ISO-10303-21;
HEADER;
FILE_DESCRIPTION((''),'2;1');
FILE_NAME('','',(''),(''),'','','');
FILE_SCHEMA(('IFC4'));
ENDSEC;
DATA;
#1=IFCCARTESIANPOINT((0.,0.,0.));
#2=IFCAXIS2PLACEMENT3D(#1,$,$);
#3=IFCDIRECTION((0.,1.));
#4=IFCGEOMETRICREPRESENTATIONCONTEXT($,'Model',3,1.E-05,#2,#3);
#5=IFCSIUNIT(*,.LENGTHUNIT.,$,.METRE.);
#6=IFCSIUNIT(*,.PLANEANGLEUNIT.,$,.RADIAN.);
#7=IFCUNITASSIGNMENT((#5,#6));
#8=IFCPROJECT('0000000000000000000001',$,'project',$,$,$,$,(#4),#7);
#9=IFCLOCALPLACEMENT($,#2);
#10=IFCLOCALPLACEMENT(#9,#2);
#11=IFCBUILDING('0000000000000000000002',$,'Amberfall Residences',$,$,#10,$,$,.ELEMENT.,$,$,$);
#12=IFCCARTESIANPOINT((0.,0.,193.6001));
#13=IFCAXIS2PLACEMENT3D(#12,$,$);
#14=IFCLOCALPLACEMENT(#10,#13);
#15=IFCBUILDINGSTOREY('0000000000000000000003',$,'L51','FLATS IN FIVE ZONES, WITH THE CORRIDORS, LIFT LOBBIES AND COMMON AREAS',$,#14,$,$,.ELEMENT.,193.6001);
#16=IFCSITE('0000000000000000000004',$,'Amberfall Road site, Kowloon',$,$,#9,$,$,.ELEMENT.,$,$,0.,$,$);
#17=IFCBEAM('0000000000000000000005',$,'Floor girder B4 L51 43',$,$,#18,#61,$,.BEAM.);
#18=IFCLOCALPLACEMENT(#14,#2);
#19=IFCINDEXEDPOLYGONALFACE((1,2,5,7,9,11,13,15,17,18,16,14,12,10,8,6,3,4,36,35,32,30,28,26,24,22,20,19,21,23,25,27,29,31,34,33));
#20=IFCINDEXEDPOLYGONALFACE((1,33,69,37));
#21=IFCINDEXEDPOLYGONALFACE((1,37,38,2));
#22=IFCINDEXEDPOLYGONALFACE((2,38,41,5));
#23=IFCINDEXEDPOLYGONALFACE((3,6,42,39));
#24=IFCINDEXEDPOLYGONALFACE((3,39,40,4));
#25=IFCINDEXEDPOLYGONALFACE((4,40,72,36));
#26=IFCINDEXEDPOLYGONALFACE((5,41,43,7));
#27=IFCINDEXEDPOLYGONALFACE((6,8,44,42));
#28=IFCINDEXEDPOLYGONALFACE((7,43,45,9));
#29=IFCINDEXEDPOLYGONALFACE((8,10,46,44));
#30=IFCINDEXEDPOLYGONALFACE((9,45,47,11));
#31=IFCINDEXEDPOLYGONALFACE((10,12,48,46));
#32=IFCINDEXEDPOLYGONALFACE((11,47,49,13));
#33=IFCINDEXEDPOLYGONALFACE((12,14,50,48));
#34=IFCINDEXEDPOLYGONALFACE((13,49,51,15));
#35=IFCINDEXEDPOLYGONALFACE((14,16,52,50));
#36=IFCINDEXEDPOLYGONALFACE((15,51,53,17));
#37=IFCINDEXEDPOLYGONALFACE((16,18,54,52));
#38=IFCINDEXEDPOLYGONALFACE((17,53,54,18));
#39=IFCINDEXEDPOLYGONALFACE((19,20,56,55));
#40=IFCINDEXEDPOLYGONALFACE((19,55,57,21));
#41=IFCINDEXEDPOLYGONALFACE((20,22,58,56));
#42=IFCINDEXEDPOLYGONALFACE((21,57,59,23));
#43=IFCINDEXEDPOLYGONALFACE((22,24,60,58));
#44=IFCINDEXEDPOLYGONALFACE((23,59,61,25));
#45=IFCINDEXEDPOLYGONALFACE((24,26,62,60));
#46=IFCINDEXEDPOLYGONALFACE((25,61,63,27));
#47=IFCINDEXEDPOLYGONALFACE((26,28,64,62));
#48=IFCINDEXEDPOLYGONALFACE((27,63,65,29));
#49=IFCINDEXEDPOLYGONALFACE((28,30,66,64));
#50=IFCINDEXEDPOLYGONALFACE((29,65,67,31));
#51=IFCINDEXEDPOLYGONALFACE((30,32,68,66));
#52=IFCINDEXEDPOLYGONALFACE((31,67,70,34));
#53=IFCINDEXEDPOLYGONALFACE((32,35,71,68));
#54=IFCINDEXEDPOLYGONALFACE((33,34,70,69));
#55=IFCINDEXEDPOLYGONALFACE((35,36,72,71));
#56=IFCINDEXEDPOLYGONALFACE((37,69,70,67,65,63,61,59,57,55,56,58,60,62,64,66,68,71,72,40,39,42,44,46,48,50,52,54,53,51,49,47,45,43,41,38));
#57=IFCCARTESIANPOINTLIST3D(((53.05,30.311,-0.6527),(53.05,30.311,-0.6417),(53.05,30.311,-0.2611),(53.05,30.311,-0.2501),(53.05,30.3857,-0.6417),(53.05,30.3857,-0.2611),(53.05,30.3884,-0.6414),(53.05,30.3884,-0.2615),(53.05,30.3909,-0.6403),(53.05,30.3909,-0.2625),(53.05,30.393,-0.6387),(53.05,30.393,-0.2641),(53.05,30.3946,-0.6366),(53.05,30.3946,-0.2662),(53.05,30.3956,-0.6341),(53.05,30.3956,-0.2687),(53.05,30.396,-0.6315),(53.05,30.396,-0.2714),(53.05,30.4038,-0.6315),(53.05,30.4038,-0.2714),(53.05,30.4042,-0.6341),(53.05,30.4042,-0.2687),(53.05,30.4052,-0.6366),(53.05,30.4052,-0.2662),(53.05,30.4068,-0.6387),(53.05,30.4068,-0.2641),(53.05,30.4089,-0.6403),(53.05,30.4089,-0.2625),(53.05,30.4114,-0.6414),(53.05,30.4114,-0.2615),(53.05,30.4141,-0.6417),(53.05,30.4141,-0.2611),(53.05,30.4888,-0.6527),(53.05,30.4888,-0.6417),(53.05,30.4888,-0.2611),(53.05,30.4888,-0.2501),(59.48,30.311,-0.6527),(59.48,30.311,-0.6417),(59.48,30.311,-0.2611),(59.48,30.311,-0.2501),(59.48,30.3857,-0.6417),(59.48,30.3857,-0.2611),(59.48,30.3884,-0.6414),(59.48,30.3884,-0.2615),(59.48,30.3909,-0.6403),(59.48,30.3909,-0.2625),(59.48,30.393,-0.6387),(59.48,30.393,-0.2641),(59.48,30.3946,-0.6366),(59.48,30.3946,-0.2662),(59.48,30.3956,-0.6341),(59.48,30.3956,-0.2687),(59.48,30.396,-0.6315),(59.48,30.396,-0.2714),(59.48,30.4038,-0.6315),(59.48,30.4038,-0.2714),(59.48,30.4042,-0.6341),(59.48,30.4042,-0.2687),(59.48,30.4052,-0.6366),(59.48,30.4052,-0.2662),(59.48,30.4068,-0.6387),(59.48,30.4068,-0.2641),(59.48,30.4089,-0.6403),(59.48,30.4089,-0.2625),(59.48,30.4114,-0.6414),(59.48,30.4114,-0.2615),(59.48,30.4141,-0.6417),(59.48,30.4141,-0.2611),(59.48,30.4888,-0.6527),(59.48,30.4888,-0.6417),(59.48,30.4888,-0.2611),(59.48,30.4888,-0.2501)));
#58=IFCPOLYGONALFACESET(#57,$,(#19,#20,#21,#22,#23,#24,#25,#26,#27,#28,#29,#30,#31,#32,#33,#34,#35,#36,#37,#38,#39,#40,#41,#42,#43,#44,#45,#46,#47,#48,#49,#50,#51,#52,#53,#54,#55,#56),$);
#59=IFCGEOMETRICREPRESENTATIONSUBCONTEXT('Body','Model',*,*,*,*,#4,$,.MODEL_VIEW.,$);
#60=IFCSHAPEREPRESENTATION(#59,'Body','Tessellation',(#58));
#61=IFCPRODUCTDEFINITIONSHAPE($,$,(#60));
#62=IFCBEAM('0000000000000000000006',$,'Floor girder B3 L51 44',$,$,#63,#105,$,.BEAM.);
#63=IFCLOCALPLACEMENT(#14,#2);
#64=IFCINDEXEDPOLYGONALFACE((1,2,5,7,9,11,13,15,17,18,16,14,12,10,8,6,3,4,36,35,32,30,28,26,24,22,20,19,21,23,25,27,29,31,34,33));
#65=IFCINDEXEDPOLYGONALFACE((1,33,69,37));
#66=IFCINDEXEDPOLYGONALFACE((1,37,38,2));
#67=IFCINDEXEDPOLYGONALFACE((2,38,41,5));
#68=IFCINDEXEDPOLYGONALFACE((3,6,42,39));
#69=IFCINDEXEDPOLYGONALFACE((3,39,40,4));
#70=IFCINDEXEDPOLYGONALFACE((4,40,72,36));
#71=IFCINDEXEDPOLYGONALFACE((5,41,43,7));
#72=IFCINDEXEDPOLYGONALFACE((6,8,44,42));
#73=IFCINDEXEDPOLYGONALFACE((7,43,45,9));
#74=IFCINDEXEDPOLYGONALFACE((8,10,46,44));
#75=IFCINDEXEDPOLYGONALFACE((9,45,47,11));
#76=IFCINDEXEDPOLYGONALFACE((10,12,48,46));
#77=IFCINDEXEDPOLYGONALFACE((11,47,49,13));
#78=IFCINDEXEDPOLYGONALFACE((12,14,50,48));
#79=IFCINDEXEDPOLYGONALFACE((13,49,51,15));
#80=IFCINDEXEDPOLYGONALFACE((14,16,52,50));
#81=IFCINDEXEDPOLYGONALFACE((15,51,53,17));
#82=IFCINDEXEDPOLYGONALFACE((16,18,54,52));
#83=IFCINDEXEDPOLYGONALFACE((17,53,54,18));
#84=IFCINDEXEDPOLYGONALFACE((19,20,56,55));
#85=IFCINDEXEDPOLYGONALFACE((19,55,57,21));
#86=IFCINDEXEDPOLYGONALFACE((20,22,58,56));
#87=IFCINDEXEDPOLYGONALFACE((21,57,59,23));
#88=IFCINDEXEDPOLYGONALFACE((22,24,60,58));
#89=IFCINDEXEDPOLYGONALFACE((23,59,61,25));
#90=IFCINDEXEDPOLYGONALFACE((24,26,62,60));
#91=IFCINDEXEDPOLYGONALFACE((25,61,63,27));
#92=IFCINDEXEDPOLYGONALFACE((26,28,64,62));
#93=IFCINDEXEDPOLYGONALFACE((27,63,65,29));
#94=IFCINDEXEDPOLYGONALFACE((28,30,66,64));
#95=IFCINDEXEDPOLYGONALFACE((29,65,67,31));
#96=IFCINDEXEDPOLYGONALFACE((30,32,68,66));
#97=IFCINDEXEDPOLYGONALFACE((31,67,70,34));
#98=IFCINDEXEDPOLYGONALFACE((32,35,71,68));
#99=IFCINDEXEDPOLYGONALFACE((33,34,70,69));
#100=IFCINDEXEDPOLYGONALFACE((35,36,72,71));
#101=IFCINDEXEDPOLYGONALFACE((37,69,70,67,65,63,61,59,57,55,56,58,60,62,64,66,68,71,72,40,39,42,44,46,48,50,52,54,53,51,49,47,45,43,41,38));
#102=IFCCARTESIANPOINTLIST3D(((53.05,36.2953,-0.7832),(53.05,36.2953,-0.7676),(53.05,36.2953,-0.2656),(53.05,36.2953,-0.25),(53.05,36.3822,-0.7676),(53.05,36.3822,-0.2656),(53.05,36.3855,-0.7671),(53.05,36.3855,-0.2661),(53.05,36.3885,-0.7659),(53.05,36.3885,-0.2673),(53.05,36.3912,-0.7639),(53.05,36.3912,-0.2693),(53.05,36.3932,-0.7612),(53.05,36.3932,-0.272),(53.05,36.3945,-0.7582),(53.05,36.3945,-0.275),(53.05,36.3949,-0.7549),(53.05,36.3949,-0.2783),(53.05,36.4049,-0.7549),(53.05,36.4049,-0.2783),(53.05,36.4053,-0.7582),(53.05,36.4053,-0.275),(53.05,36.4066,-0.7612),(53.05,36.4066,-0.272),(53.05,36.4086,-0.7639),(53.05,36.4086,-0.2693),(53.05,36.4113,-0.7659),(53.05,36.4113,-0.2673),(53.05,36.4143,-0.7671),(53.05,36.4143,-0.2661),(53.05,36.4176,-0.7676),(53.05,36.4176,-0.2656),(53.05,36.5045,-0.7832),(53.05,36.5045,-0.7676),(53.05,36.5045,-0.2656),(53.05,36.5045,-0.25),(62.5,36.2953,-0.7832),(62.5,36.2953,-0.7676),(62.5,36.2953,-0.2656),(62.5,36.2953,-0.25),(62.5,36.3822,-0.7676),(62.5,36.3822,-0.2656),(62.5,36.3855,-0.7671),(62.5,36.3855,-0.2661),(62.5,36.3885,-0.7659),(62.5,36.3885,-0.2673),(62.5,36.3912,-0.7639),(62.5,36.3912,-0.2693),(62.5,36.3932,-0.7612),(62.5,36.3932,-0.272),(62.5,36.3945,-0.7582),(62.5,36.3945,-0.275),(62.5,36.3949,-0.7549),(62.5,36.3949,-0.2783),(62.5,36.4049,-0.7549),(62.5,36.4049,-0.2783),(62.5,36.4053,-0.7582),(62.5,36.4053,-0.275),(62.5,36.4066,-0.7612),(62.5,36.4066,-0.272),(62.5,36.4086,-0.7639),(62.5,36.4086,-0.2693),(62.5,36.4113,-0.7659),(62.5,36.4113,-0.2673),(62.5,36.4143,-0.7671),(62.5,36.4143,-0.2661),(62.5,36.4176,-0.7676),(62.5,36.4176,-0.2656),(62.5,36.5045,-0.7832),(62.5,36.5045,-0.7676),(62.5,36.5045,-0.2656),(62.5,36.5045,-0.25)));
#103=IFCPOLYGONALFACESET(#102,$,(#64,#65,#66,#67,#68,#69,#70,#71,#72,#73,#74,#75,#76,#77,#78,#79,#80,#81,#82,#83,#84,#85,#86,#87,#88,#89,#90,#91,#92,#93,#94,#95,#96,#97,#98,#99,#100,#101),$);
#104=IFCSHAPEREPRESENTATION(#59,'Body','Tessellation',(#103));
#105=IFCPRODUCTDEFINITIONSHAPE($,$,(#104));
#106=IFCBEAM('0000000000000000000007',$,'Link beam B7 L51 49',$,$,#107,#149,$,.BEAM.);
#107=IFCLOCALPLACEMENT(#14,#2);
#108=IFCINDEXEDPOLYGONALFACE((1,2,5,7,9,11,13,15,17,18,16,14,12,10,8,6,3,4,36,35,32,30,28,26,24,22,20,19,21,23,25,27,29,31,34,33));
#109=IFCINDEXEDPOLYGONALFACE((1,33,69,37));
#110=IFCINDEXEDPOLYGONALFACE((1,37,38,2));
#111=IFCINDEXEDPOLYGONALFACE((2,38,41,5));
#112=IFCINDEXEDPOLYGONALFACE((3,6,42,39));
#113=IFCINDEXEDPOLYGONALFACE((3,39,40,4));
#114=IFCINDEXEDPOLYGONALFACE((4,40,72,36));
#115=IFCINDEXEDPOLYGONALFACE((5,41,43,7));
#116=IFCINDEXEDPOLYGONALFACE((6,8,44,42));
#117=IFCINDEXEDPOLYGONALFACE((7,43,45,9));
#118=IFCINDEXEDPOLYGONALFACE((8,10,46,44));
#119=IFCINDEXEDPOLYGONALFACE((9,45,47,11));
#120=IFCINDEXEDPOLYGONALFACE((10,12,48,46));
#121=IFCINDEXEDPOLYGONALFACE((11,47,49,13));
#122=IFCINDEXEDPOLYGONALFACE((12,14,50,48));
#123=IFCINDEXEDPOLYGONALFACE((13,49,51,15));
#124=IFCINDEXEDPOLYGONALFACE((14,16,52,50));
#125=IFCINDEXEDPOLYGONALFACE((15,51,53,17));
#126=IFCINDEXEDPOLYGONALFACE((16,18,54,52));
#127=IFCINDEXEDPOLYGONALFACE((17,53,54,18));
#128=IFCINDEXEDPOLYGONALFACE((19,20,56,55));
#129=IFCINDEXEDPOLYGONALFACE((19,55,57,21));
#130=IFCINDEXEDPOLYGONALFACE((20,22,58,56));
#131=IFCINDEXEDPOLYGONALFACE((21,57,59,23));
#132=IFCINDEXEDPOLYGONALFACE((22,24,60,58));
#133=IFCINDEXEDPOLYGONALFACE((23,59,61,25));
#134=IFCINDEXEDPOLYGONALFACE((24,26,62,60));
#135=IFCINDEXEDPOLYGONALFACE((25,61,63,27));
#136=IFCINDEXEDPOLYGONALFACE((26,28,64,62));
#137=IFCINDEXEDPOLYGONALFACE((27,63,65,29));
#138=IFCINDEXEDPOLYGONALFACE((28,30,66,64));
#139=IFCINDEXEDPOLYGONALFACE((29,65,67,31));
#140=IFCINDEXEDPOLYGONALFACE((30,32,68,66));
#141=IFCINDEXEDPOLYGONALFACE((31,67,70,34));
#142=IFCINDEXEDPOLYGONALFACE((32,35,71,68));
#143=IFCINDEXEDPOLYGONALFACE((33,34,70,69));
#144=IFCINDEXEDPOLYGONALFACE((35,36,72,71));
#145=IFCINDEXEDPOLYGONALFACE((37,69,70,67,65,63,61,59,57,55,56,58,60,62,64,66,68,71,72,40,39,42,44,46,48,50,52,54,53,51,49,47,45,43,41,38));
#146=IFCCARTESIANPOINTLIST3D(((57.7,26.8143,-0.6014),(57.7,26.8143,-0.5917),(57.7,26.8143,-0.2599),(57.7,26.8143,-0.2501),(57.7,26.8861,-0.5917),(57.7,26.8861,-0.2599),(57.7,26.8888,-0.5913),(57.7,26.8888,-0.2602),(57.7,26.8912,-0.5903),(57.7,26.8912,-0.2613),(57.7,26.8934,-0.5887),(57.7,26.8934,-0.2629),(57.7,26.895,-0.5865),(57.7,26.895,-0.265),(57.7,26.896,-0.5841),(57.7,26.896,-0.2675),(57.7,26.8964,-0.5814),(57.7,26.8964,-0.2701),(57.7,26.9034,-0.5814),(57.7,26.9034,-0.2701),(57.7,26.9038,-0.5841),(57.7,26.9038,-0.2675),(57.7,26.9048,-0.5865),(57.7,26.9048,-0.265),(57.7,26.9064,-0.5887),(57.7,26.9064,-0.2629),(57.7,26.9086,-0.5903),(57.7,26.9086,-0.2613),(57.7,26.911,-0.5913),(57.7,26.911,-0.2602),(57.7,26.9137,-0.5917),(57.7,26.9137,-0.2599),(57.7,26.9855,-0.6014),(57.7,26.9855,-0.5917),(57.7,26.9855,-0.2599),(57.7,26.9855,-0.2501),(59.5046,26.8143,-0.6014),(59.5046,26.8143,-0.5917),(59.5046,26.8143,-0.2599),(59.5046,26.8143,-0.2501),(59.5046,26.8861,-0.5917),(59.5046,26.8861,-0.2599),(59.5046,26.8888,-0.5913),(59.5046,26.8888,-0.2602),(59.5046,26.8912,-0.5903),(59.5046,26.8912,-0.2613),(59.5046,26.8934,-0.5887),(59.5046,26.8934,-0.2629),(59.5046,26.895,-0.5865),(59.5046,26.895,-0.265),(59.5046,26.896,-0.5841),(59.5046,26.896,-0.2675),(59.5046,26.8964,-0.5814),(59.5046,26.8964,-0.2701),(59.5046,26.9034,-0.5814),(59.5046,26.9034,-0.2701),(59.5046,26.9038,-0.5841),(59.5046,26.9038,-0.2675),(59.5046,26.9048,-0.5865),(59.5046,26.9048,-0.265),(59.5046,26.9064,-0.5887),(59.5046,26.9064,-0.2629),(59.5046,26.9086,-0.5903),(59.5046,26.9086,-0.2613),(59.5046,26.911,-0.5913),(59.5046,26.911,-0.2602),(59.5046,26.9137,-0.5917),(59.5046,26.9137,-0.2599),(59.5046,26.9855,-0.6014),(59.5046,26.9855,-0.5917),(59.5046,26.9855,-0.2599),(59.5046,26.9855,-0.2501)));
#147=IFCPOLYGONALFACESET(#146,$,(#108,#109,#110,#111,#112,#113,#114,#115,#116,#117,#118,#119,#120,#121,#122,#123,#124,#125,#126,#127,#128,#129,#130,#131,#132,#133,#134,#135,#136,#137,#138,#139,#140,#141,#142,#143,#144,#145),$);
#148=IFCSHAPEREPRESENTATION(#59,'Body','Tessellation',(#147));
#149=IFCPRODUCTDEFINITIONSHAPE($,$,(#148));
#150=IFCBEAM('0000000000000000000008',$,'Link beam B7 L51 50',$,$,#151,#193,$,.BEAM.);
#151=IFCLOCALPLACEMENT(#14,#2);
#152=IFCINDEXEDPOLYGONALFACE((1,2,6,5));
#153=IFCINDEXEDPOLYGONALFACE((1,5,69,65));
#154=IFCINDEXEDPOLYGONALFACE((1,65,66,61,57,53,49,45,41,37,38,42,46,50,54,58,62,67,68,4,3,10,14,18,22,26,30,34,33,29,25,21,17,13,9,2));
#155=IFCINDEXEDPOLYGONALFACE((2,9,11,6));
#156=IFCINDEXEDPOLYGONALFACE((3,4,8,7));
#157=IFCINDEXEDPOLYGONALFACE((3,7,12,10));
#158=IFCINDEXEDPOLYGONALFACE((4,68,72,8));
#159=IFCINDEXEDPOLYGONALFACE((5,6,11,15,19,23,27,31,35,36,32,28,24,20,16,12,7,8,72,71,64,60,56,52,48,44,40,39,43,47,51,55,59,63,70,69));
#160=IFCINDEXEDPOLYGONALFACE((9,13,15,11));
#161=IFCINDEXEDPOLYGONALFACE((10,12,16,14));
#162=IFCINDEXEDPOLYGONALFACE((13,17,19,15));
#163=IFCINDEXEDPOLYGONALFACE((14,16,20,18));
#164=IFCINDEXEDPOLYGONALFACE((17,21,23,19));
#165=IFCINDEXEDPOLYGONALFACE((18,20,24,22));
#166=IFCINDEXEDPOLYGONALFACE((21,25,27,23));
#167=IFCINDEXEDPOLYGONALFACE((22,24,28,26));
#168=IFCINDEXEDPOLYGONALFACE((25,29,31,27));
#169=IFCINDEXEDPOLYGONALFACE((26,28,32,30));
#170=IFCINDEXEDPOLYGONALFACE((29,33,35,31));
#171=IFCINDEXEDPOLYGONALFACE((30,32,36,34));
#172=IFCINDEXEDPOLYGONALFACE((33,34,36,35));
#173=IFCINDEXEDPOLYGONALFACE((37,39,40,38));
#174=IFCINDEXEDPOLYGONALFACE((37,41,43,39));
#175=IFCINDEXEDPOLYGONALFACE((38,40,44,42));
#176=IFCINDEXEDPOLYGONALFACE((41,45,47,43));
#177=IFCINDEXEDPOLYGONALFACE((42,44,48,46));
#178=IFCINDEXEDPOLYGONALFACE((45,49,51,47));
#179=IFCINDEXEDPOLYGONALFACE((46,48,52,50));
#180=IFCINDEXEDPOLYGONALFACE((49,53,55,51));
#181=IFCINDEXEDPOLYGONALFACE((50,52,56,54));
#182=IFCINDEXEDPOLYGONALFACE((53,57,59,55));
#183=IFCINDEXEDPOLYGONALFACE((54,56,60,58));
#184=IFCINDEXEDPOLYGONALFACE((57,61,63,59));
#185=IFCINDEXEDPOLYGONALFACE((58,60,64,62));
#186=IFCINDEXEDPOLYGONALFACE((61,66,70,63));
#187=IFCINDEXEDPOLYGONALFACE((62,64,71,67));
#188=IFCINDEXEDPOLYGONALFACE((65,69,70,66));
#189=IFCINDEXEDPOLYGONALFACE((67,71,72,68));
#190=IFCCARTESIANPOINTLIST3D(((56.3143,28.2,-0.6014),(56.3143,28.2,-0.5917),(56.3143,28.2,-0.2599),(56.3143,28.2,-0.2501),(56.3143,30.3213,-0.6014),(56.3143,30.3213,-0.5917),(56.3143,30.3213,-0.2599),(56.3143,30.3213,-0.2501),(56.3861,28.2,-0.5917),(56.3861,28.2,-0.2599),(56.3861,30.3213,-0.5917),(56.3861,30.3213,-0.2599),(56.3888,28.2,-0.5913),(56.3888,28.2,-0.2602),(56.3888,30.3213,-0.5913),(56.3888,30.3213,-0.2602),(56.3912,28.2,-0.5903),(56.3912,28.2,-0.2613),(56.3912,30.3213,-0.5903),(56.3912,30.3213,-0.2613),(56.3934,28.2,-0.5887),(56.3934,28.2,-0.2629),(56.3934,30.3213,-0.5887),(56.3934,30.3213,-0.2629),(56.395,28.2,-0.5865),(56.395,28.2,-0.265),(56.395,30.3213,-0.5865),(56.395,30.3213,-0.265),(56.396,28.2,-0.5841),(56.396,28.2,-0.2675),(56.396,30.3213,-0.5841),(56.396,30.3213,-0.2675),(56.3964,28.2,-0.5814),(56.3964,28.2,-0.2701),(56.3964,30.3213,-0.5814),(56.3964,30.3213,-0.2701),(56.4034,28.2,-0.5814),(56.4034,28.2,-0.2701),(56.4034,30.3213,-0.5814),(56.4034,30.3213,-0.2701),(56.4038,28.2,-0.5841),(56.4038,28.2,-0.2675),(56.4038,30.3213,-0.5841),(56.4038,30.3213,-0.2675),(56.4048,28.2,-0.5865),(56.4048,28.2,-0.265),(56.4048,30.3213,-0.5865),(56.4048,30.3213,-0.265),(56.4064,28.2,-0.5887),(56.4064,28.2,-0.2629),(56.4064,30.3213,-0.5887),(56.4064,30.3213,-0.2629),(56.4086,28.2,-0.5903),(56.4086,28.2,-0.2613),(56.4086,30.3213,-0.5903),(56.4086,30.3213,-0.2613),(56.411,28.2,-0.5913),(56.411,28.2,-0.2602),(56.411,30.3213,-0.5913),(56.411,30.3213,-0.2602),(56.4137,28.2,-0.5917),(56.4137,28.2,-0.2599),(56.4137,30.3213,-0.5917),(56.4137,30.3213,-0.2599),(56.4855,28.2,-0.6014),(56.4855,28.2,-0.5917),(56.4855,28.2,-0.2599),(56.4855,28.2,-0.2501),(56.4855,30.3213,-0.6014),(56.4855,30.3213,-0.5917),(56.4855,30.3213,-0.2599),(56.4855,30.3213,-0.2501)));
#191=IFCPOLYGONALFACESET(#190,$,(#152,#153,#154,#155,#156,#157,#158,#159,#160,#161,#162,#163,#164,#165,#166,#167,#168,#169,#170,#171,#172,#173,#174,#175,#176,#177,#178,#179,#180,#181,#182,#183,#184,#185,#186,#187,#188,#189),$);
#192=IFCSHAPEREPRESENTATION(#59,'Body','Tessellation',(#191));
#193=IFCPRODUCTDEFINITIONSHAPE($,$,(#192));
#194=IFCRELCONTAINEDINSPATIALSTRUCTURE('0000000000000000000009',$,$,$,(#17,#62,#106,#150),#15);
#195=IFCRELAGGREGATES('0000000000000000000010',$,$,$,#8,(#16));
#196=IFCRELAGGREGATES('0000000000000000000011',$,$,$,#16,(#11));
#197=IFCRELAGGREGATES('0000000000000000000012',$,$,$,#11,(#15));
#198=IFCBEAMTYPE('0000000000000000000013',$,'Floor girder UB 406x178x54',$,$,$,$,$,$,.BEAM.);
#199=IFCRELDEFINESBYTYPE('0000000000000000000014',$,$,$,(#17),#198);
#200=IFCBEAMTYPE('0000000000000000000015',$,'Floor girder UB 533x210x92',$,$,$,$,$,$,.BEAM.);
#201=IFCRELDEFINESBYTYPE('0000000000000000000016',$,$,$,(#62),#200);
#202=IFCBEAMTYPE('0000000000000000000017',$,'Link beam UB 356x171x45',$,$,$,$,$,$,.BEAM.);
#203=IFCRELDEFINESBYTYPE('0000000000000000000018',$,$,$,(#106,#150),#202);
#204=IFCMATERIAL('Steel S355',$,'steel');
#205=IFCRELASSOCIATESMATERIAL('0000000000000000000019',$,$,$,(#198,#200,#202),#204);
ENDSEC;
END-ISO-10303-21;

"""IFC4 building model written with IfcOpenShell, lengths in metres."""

from ifc_helpers import new_model, si_unit, direction, frame, origin, origin_2d, place, context, subcontext, project, spatial, i_section, extrude, material, material_profile, profile_set, type_object, element, save


model = new_model("IFC4")

# Units and contexts
model_context = context("Model", 3, precision=1e-05, world=origin(), true_north=direction((0.0, 1.0)))
body_context = subcontext(model_context, "Body", "Model", "MODEL_VIEW")
ifc_project = project(units=[si_unit("LENGTHUNIT", "METRE"), si_unit("PLANEANGLEUNIT", "RADIAN")], contexts=[model_context])

# Site, building, storey
site_placement = place(None, origin())
site = spatial("IfcSite", under=ifc_project, at=site_placement, Name="Amberfall Road site, Kowloon", CompositionType="ELEMENT", RefElevation=0.0)
building_placement = place(site_placement, origin())
building = spatial("IfcBuilding", under=site, at=building_placement, Name="Amberfall Residences", CompositionType="ELEMENT")
storey_placement = place(building_placement, frame((0.0, 0.0, 193.6001)))
storey = spatial("IfcBuildingStorey", under=building, at=storey_placement, Name="L51", Description="FLATS IN FIVE ZONES, WITH THE CORRIDORS, LIFT LOBBIES AND COMMON AREAS", CompositionType="ELEMENT", Elevation=193.6001)

# Beams
ifc_material_1 = material(Name="Steel S355", Category="steel")
ifc_material_profile_1 = material_profile(ifc_material_1, i_section(OverallWidth=0.1777, OverallDepth=0.4026, WebThickness=0.0078, FlangeThickness=0.011, FilletRadius=0.0103, at=origin_2d()), Name="UB 406x178x54")
ifc_profile_set_1 = profile_set([ifc_material_profile_1], Name="Steel S355")
beam_type_1 = type_object("IfcBeamType", Name="Floor girder UB 406x178x54", PredefinedType="BEAM", material=ifc_profile_set_1)
beam_1_placement = place(storey_placement, frame((53.05, 30.3999, -0.4514), z_axis=(1.0, 0.0, 0.0), x_axis=(0.0, 1.0, 0.0)))
element("IfcBeam", 1, at=beam_1_placement, inside=storey, type_object=beam_type_1, Name="Floor girder B4 L51 43", PredefinedType="BEAM", context=body_context, shape_type="SweptSolid", body=[
    extrude(i_section(OverallWidth=0.1777, OverallDepth=0.4026, WebThickness=0.0078, FlangeThickness=0.011, FilletRadius=0.0103, at=origin_2d()), origin(), (0.0, 0.0, 1.0), 6.4299),
])
ifc_material_profile_2 = material_profile(ifc_material_1, i_section(OverallWidth=0.2092, OverallDepth=0.5332, WebThickness=0.01, FlangeThickness=0.0156, FilletRadius=0.0127, at=origin_2d()), Name="UB 533x210x92")
ifc_profile_set_2 = profile_set([ifc_material_profile_2], Name="Steel S355")
beam_type_2 = type_object("IfcBeamType", Name="Floor girder UB 533x210x92", PredefinedType="BEAM", material=ifc_profile_set_2)
beam_2_placement = place(storey_placement, frame((53.05, 36.3999, -0.5166), z_axis=(1.0, 0.0, 0.0), x_axis=(0.0, 1.0, 0.0)))
element("IfcBeam", 2, at=beam_2_placement, inside=storey, type_object=beam_type_2, Name="Floor girder B3 L51 44", PredefinedType="BEAM", context=body_context, shape_type="SweptSolid", body=[
    extrude(i_section(OverallWidth=0.2092, OverallDepth=0.5332, WebThickness=0.01, FlangeThickness=0.0156, FilletRadius=0.0127, at=origin_2d()), origin(), (0.0, 0.0, 1.0), 9.45),
])
ifc_material_profile_3 = material_profile(ifc_material_1, i_section(OverallWidth=0.1711, OverallDepth=0.3513, WebThickness=0.0071, FlangeThickness=0.0098, FilletRadius=0.0103, at=origin_2d()), Name="UB 356x171x45")
ifc_profile_set_3 = profile_set([ifc_material_profile_3], Name="Steel S355")
beam_type_3 = type_object("IfcBeamType", Name="Link beam UB 356x171x45", PredefinedType="BEAM", material=ifc_profile_set_3)
beam_3_placement = place(storey_placement, frame((57.7, 26.8999, -0.4258), z_axis=(1.0, 0.0, 0.0), x_axis=(0.0, 1.0, 0.0)))
element("IfcBeam", 3, at=beam_3_placement, inside=storey, type_object=beam_type_3, Name="Link beam B7 L51 49", PredefinedType="BEAM", context=body_context, shape_type="SweptSolid", body=[
    extrude(i_section(OverallWidth=0.1711, OverallDepth=0.3513, WebThickness=0.0071, FlangeThickness=0.0098, FilletRadius=0.0103, at=origin_2d()), origin(), (0.0, 0.0, 1.0), 1.8047),
])
beam_4_placement = place(storey_placement, frame((56.3999, 28.2, -0.4258), z_axis=(0.0, 1.0, 0.0), x_axis=(-1.0, 0.0, 0.0)))
element("IfcBeam", 4, at=beam_4_placement, inside=storey, type_object=beam_type_3, Name="Link beam B7 L51 50", PredefinedType="BEAM", context=body_context, shape_type="SweptSolid", body=[
    extrude(i_section(OverallWidth=0.1711, OverallDepth=0.3513, WebThickness=0.0071, FlangeThickness=0.0098, FilletRadius=0.0103, at=origin_2d()), origin(), (0.0, 0.0, 1.0), 2.1213),
])

save(model, "model.ifc")
